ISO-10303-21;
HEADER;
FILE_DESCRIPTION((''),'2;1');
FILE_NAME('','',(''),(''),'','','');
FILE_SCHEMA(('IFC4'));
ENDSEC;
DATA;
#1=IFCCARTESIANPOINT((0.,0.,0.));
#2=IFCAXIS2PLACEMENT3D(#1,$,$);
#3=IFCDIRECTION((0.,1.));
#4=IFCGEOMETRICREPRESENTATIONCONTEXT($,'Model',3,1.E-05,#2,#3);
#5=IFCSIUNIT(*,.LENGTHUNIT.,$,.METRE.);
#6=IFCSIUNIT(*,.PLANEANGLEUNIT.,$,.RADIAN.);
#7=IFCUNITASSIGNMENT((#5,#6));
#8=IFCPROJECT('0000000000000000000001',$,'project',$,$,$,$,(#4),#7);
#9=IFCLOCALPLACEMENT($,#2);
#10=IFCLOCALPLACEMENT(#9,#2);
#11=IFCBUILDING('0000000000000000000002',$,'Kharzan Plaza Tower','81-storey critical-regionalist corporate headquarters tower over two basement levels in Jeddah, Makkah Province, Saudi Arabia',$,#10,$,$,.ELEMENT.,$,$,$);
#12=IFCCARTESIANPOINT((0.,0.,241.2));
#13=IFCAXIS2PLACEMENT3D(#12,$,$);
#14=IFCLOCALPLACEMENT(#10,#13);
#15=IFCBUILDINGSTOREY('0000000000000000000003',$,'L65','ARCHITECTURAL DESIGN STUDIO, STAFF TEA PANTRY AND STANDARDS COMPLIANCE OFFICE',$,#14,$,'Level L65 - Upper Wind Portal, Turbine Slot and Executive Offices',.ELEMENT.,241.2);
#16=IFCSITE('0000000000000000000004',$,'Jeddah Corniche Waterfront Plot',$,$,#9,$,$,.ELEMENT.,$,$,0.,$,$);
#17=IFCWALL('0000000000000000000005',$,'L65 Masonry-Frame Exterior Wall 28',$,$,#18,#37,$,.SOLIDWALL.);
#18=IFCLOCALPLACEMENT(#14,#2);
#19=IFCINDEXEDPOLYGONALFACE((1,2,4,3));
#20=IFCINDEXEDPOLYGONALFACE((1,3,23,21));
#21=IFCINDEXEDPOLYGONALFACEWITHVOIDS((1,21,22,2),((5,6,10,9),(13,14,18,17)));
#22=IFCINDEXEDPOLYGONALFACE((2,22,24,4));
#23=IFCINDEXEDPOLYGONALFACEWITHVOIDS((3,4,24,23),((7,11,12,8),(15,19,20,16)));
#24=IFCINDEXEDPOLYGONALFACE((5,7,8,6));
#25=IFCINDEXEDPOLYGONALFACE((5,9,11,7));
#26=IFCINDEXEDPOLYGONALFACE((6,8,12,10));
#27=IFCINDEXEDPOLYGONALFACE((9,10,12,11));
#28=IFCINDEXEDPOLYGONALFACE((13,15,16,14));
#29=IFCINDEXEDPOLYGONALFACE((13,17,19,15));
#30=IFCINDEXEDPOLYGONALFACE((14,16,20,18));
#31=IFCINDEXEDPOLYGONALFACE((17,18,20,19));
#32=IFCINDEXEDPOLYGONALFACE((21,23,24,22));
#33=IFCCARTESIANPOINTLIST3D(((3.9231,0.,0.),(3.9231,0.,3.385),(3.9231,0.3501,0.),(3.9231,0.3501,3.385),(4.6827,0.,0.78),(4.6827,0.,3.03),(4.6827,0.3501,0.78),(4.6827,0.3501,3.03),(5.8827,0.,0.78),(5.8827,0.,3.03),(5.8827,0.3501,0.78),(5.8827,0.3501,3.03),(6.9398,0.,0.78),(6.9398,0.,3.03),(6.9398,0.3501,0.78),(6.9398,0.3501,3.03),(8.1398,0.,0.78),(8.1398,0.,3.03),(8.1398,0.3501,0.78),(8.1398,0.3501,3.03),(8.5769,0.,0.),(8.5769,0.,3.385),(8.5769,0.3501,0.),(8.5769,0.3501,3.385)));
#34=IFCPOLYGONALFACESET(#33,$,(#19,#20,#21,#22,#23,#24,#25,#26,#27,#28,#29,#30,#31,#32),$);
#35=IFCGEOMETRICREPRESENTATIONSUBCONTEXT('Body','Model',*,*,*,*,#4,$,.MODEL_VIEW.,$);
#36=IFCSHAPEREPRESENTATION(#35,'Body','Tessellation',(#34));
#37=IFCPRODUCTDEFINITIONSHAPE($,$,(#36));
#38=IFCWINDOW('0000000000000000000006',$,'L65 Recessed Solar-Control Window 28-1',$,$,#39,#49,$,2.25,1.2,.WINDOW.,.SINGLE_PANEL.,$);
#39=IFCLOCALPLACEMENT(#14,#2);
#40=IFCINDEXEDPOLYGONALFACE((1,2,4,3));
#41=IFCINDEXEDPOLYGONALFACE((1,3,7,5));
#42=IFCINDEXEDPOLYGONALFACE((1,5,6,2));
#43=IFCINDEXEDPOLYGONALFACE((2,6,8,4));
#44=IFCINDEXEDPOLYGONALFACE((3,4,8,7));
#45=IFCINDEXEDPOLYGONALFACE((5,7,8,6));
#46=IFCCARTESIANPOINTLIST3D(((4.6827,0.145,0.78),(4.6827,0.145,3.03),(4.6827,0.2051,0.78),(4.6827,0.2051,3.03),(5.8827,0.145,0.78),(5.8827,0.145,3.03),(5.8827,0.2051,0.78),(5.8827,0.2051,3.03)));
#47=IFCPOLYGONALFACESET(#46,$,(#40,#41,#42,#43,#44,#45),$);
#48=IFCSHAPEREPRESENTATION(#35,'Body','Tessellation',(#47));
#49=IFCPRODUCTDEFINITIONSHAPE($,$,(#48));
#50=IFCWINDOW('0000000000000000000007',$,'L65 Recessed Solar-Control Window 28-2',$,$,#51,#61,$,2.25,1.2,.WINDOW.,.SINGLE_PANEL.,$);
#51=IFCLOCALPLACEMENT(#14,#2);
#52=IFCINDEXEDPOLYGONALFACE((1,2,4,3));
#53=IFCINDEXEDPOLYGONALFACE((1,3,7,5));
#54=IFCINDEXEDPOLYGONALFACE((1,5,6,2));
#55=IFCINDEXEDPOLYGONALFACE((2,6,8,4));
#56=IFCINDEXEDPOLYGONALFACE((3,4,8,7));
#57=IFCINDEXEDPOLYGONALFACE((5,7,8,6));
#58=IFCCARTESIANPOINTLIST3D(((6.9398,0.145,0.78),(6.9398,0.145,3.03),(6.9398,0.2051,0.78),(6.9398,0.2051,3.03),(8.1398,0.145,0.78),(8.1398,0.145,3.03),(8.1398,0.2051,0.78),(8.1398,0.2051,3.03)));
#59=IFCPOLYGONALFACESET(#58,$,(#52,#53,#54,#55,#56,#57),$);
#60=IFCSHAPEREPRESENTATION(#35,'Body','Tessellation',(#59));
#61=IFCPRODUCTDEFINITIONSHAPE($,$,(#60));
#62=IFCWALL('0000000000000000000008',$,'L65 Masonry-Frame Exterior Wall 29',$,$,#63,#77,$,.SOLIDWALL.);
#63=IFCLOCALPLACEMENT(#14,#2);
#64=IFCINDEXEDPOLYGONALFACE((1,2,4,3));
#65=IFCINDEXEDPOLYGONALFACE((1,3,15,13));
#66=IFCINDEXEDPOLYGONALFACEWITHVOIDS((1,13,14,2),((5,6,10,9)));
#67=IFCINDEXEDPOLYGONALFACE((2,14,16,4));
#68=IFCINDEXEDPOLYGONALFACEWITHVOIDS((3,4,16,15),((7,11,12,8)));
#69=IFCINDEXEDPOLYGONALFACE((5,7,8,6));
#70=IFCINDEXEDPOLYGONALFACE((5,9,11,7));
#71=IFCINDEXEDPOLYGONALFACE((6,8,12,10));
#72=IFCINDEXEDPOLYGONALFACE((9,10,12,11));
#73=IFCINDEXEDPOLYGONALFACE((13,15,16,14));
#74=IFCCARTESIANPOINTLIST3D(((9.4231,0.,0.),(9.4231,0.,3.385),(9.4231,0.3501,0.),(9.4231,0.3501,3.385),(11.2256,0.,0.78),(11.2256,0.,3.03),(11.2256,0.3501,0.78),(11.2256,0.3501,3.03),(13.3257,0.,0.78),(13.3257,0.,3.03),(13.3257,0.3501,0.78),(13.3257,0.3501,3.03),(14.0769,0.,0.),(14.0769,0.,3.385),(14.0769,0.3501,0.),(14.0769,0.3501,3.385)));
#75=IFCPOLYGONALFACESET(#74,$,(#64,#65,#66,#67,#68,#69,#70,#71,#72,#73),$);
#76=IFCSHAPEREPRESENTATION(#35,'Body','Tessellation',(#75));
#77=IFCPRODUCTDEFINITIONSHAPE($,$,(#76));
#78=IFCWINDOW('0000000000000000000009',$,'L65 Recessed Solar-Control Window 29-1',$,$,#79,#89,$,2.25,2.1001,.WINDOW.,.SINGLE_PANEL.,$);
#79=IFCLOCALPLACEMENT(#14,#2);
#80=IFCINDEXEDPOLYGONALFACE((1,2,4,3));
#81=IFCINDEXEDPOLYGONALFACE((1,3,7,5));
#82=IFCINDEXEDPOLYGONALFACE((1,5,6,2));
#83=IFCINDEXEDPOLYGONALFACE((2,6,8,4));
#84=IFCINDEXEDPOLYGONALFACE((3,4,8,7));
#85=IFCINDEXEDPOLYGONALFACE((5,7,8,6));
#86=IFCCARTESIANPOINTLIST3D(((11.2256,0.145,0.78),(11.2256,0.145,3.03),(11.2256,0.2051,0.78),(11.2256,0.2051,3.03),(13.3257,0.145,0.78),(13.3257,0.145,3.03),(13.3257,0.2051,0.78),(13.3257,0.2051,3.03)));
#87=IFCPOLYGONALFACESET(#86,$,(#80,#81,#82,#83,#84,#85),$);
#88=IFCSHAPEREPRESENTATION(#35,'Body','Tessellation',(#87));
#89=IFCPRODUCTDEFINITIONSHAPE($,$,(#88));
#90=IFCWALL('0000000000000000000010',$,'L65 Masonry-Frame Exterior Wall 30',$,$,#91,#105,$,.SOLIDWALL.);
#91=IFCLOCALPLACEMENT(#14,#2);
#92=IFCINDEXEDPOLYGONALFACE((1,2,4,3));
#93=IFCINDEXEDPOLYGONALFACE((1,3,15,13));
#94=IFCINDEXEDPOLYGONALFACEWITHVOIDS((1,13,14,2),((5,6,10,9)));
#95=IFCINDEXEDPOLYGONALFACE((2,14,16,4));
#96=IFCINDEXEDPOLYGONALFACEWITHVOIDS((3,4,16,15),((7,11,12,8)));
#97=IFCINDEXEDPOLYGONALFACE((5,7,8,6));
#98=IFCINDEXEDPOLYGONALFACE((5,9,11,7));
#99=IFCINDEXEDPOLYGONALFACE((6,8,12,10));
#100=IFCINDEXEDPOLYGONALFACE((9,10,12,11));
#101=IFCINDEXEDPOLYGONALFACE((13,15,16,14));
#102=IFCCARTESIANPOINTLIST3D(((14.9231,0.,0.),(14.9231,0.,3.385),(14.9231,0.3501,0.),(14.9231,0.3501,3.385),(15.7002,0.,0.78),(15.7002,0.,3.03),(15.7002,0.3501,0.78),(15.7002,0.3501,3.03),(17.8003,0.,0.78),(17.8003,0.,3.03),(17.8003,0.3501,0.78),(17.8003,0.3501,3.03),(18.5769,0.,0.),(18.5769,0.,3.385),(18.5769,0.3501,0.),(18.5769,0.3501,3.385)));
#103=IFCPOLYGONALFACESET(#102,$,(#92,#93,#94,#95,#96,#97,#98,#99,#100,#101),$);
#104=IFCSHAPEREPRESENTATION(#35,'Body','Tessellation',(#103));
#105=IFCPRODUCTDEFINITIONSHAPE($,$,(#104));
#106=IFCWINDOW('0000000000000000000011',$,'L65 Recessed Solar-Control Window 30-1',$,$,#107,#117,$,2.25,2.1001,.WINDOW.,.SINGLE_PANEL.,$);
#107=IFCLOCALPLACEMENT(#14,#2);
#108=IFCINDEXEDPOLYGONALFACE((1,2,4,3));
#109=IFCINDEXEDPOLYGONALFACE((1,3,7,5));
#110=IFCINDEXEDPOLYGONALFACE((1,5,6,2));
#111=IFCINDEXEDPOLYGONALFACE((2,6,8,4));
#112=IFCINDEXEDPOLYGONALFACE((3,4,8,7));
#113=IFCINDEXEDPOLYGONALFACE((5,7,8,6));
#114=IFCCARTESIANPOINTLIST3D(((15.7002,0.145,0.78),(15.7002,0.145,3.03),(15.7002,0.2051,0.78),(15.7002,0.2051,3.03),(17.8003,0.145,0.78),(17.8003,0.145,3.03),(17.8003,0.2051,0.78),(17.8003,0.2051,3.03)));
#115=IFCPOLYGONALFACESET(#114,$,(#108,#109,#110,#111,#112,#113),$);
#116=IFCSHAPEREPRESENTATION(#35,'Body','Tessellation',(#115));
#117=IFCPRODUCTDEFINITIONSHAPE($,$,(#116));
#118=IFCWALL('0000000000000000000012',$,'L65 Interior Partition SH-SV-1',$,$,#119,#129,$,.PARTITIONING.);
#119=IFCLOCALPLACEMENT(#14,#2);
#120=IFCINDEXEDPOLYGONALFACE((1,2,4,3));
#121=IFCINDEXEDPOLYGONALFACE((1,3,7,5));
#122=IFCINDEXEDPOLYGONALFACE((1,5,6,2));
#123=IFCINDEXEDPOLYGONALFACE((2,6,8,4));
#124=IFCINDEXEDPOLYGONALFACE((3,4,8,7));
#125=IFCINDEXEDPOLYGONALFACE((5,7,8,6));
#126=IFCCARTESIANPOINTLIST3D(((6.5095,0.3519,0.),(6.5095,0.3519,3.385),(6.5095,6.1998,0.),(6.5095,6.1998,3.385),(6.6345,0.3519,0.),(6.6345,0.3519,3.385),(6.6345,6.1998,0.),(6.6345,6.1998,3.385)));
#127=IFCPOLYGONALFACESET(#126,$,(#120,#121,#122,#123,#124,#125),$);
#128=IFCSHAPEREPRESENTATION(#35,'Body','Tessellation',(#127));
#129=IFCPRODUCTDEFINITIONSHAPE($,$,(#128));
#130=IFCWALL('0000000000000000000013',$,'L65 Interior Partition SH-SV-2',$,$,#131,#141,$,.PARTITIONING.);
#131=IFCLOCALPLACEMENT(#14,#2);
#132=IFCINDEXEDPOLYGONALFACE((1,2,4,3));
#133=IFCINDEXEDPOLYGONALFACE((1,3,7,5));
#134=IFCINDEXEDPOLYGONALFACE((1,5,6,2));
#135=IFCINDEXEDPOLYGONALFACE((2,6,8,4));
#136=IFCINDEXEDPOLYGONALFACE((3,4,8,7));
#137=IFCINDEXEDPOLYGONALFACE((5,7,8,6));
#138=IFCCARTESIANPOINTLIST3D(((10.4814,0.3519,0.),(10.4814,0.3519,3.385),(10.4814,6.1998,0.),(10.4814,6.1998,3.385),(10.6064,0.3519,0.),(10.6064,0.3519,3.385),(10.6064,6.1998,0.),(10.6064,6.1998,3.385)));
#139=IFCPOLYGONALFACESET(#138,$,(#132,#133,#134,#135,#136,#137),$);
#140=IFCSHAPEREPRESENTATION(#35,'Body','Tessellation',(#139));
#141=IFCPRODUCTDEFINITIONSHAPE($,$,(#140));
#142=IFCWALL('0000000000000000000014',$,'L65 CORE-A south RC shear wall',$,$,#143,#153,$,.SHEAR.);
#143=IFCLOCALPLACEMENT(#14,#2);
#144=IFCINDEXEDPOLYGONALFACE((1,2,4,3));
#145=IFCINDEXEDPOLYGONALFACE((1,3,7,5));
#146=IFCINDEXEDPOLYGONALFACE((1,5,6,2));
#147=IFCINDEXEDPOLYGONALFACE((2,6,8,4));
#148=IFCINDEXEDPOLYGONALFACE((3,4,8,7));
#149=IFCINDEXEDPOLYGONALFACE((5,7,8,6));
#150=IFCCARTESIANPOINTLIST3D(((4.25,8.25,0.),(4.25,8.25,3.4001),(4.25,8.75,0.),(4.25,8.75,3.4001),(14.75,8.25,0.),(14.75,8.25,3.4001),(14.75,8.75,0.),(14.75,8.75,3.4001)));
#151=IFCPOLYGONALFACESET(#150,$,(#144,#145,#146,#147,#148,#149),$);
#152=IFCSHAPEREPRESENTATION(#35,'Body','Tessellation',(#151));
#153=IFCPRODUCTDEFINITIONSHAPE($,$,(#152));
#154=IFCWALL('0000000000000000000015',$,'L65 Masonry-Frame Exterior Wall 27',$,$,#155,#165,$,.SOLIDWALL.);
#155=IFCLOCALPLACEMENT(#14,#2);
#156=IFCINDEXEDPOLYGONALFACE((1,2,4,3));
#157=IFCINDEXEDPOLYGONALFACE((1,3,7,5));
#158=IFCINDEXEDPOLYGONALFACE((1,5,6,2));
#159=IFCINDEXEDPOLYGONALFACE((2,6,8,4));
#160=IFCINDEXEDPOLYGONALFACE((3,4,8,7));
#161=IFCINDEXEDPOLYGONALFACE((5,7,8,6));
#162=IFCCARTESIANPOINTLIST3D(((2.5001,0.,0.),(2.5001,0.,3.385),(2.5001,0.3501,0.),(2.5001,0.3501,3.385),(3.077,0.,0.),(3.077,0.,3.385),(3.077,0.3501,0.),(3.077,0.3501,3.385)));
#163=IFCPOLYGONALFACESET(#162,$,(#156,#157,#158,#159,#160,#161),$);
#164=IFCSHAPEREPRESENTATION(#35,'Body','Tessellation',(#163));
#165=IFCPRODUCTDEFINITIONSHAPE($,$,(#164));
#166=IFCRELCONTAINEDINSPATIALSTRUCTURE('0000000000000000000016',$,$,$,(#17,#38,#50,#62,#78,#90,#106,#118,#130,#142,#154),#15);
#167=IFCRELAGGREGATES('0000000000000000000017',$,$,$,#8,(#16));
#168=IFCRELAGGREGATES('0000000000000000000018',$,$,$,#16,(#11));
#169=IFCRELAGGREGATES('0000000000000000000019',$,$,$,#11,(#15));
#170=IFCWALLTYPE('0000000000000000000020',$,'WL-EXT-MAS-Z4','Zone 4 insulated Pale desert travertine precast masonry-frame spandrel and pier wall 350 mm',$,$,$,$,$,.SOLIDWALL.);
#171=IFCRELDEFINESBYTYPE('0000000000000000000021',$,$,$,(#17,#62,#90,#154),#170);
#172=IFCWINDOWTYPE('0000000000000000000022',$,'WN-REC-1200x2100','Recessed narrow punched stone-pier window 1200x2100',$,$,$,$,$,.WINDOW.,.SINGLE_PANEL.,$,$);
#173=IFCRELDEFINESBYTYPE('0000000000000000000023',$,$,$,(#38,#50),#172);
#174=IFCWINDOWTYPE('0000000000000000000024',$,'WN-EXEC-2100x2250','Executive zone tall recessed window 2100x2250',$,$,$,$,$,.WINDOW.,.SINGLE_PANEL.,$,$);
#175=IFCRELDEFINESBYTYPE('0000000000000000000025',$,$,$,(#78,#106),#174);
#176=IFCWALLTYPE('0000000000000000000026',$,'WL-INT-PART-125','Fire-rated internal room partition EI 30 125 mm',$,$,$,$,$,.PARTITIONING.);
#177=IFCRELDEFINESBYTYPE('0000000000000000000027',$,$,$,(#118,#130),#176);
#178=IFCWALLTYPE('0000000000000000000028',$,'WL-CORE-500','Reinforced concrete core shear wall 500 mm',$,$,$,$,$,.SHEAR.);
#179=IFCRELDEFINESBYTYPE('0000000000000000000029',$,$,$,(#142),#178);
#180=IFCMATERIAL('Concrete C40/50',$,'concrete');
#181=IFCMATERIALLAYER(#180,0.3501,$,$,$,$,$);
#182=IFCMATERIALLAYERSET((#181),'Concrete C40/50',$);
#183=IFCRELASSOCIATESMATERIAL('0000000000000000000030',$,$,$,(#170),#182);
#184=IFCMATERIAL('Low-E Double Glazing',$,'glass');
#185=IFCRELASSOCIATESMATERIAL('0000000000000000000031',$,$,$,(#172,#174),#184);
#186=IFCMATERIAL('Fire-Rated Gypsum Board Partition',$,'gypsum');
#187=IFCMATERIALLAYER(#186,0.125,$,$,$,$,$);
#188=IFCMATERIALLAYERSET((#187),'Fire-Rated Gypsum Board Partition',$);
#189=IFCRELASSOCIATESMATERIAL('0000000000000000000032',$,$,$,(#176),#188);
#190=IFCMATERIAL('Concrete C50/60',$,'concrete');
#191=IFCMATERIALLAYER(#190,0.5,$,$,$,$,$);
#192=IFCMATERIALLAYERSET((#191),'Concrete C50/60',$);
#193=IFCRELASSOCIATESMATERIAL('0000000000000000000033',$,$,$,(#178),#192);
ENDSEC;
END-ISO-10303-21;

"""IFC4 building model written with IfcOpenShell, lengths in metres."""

from ifc_helpers import new_model, si_unit, direction, frame, frame_2d, origin, place, context, subcontext, project, spatial, rectangle, extrude, source, transform, mapped, material, layer, layer_set, type_object, element, fill, save


model = new_model("IFC4")

# Units and contexts
model_context = context("Model", 3, precision=1e-05, world=origin(), true_north=direction((0.0, 1.0)))
body_context = subcontext(model_context, "Body", "Model", "MODEL_VIEW")
ifc_project = project(units=[si_unit("LENGTHUNIT", "METRE"), si_unit("PLANEANGLEUNIT", "RADIAN")], contexts=[model_context])

# Site, building, storey
site_placement = place(None, origin())
site = spatial("IfcSite", under=ifc_project, at=site_placement, Name="Jeddah Corniche Waterfront Plot", CompositionType="ELEMENT", RefElevation=0.0)
building_placement = place(site_placement, origin())
building = spatial("IfcBuilding", under=site, at=building_placement, Name="Kharzan Plaza Tower", Description="81-storey critical-regionalist corporate headquarters tower over two basement levels in Jeddah, Makkah Province, Saudi Arabia", CompositionType="ELEMENT")
storey_placement = place(building_placement, frame((0.0, 0.0, 241.2)))
storey = spatial("IfcBuildingStorey", under=building, at=storey_placement, Name="L65", Description="ARCHITECTURAL DESIGN STUDIO, STAFF TEA PANTRY AND STANDARDS COMPLIANCE OFFICE", LongName="Level L65 - Upper Wind Portal, Turbine Slot and Executive Offices", CompositionType="ELEMENT", Elevation=241.2)

# Shared definitions
ifc_material_1 = material(Name="Concrete C50/60", Category="concrete")

# Shared definitions
ifc_material_2 = material(Name="Concrete C40/50", Category="concrete")
ifc_layer_1 = layer(ifc_material_2, 0.3501)
ifc_layer_set_1 = layer_set([ifc_layer_1], Name="Concrete C40/50")
wall_type_1 = type_object("IfcWallType", Name="WL-EXT-MAS-Z4", Description="Zone 4 insulated Pale desert travertine precast masonry-frame spandrel and pier wall 350 mm", PredefinedType="SOLIDWALL", material=ifc_layer_set_1)
ifc_material_3 = material(Name="Low-E Double Glazing", Category="glass")
window_type_1 = type_object("IfcWindowType", Name="WN-REC-1200x2100", Description="Recessed narrow punched stone-pier window 1200x2100", PartitioningType="SINGLE_PANEL", PredefinedType="WINDOW", material=ifc_material_3)
shared_shape_1 = source(origin(), body_context, "Body", "SweptSolid", [
    extrude(rectangle(XDim=1.2, YDim=2.25, at=frame_2d((0.6001, 1.125))), frame((0.0, 0.03, 0.0), z_axis=(0.0, -1.0, 0.0), x_axis=(1.0, 0.0, 0.0)), (0.0, 0.0, 1.0), 0.0601),
])

# Wall, openings, windows
wall_1_placement = place(storey_placement, frame((3.9231, 0.175, 0.0), z_axis=(0.0, 0.0, 1.0), x_axis=(1.0, 0.0, 0.0)))
wall_1 = element("IfcWall", 1, at=wall_1_placement, inside=storey, type_object=wall_type_1, Name="L65 Masonry-Frame Exterior Wall 28", PredefinedType="SOLIDWALL", context=body_context, shape_type="SweptSolid", body=[
    extrude(rectangle(XDim=4.6538, YDim=0.3501, at=frame_2d((2.3269, 0.0))), origin(), (0.0, 0.0, 1.0), 3.385),
])
opening_1_placement = place(wall_1_placement, frame((0.7595, 0.0, 0.78)))
opening_1 = element("IfcOpeningElement", 2, at=opening_1_placement, cuts=wall_1, PredefinedType="OPENING", context=body_context, shape_type="SweptSolid", body=[
    extrude(rectangle(XDim=1.2, YDim=2.25, at=frame_2d((0.6001, 1.125))), frame((0.0, 0.1851, 0.0), z_axis=(0.0, -1.0, 0.0), x_axis=(1.0, 0.0, 0.0)), (0.0, 0.0, 1.0), 0.3701),
])
opening_2_placement = place(wall_1_placement, frame((3.0166, 0.0, 0.78)))
opening_2 = element("IfcOpeningElement", 3, at=opening_2_placement, cuts=wall_1, PredefinedType="OPENING", context=body_context, shape_type="SweptSolid", body=[
    extrude(rectangle(XDim=1.2, YDim=2.25, at=frame_2d((0.6001, 1.125))), frame((0.0, 0.1851, 0.0), z_axis=(0.0, -1.0, 0.0), x_axis=(1.0, 0.0, 0.0)), (0.0, 0.0, 1.0), 0.3701),
])
window_1_placement = place(opening_1_placement, origin())
window_1 = element("IfcWindow", 4, at=window_1_placement, inside=storey, type_object=window_type_1, Name="L65 Recessed Solar-Control Window 28-1", OverallHeight=2.25, OverallWidth=1.2, PartitioningType="SINGLE_PANEL", PredefinedType="WINDOW", context=body_context, shape_type="MappedRepresentation", body=[
    mapped(shared_shape_1, transform((0.0, 0.0, 0.0), x_axis=(1.0, 0.0, 0.0), y_axis=(0.0, 1.0, 0.0), z_axis=(0.0, 0.0, 1.0))),
])
fill(opening_1, window_1)
window_2_placement = place(opening_2_placement, origin())
window_2 = element("IfcWindow", 5, at=window_2_placement, inside=storey, type_object=window_type_1, Name="L65 Recessed Solar-Control Window 28-2", OverallHeight=2.25, OverallWidth=1.2, PartitioningType="SINGLE_PANEL", PredefinedType="WINDOW", context=body_context, shape_type="MappedRepresentation", body=[
    mapped(shared_shape_1, transform((0.0, 0.0, 0.0), x_axis=(1.0, 0.0, 0.0), y_axis=(0.0, 1.0, 0.0), z_axis=(0.0, 0.0, 1.0))),
])
fill(opening_2, window_2)

# Walls, openings, windows
wall_2_placement = place(storey_placement, frame((9.4231, 0.175, 0.0), z_axis=(0.0, 0.0, 1.0), x_axis=(1.0, 0.0, 0.0)))
wall_2 = element("IfcWall", 6, at=wall_2_placement, inside=storey, type_object=wall_type_1, Name="L65 Masonry-Frame Exterior Wall 29", PredefinedType="SOLIDWALL", context=body_context, shape_type="SweptSolid", body=[
    extrude(rectangle(XDim=4.6538, YDim=0.3501, at=frame_2d((2.3269, 0.0))), origin(), (0.0, 0.0, 1.0), 3.385),
])
opening_3_placement = place(wall_2_placement, frame((1.8025, 0.0, 0.78)))
opening_3 = element("IfcOpeningElement", 7, at=opening_3_placement, cuts=wall_2, PredefinedType="OPENING", context=body_context, shape_type="SweptSolid", body=[
    extrude(rectangle(XDim=2.1001, YDim=2.25, at=frame_2d((1.05, 1.125))), frame((0.0, 0.1851, 0.0), z_axis=(0.0, -1.0, 0.0), x_axis=(1.0, 0.0, 0.0)), (0.0, 0.0, 1.0), 0.3701),
])
window_type_2 = type_object("IfcWindowType", Name="WN-EXEC-2100x2250", Description="Executive zone tall recessed window 2100x2250", PartitioningType="SINGLE_PANEL", PredefinedType="WINDOW", material=ifc_material_3)
shared_shape_2 = source(origin(), body_context, "Body", "SweptSolid", [
    extrude(rectangle(XDim=2.1001, YDim=2.25, at=frame_2d((1.05, 1.125))), frame((0.0, 0.03, 0.0), z_axis=(0.0, -1.0, 0.0), x_axis=(1.0, 0.0, 0.0)), (0.0, 0.0, 1.0), 0.0601),
])
window_3_placement = place(opening_3_placement, origin())
window_3 = element("IfcWindow", 8, at=window_3_placement, inside=storey, type_object=window_type_2, Name="L65 Recessed Solar-Control Window 29-1", OverallHeight=2.25, OverallWidth=2.1001, PartitioningType="SINGLE_PANEL", PredefinedType="WINDOW", context=body_context, shape_type="MappedRepresentation", body=[
    mapped(shared_shape_2, transform((0.0, 0.0, 0.0), x_axis=(1.0, 0.0, 0.0), y_axis=(0.0, 1.0, 0.0), z_axis=(0.0, 0.0, 1.0))),
])
fill(opening_3, window_3)
wall_3_placement = place(storey_placement, frame((14.9231, 0.175, 0.0), z_axis=(0.0, 0.0, 1.0), x_axis=(1.0, 0.0, 0.0)))
wall_3 = element("IfcWall", 9, at=wall_3_placement, inside=storey, type_object=wall_type_1, Name="L65 Masonry-Frame Exterior Wall 30", PredefinedType="SOLIDWALL", context=body_context, shape_type="SweptSolid", body=[
    extrude(rectangle(XDim=3.6538, YDim=0.3501, at=frame_2d((1.8269, 0.0))), origin(), (0.0, 0.0, 1.0), 3.385),
])
opening_4_placement = place(wall_3_placement, frame((0.7771, 0.0, 0.78)))
opening_4 = element("IfcOpeningElement", 10, at=opening_4_placement, cuts=wall_3, PredefinedType="OPENING", context=body_context, shape_type="SweptSolid", body=[
    extrude(rectangle(XDim=2.1001, YDim=2.25, at=frame_2d((1.05, 1.125))), frame((0.0, 0.1851, 0.0), z_axis=(0.0, -1.0, 0.0), x_axis=(1.0, 0.0, 0.0)), (0.0, 0.0, 1.0), 0.3701),
])
window_4_placement = place(opening_4_placement, origin())
window_4 = element("IfcWindow", 11, at=window_4_placement, inside=storey, type_object=window_type_2, Name="L65 Recessed Solar-Control Window 30-1", OverallHeight=2.25, OverallWidth=2.1001, PartitioningType="SINGLE_PANEL", PredefinedType="WINDOW", context=body_context, shape_type="MappedRepresentation", body=[
    mapped(shared_shape_2, transform((0.0, 0.0, 0.0), x_axis=(1.0, 0.0, 0.0), y_axis=(0.0, 1.0, 0.0), z_axis=(0.0, 0.0, 1.0))),
])
fill(opening_4, window_4)

# Shared definitions
ifc_material_4 = material(Name="Fire-Rated Gypsum Board Partition", Category="gypsum")
ifc_layer_2 = layer(ifc_material_4, 0.125)
ifc_layer_set_2 = layer_set([ifc_layer_2], Name="Fire-Rated Gypsum Board Partition")
wall_type_2 = type_object("IfcWallType", Name="WL-INT-PART-125", Description="Fire-rated internal room partition EI 30 125 mm", PredefinedType="PARTITIONING", material=ifc_layer_set_2)

# Walls
shared_shape_3 = source(origin(), body_context, "Body", "SweptSolid", [
    extrude(rectangle(XDim=5.8479, YDim=0.125, at=frame_2d((2.9238, 0.0))), origin(), (0.0, 0.0, 1.0), 3.385),
])
for number, where, z_axis, x_axis, name in (
    (12, (6.572, 0.3521, 0.0), (0.0, 0.0, 1.0), (0.0, 1.0, 0.0), "L65 Interior Partition SH-SV-1"),
    (13, (10.5439, 0.3521, 0.0), (0.0, 0.0, 1.0), (0.0, 1.0, 0.0), "L65 Interior Partition SH-SV-2"),
):
    element("IfcWall", number, at=place(storey_placement, frame(where, z_axis=z_axis, x_axis=x_axis)), inside=storey, type_object=wall_type_2, Name=name, PredefinedType="PARTITIONING", context=body_context, shape_type="MappedRepresentation", body=[
        mapped(shared_shape_3, transform((0.0, 0.0, 0.0), x_axis=(1.0, 0.0, 0.0), y_axis=(0.0, 1.0, 0.0), z_axis=(0.0, 0.0, 1.0))),
    ])
ifc_layer_3 = layer(ifc_material_1, 0.5)
ifc_layer_set_3 = layer_set([ifc_layer_3], Name="Concrete C50/60")
wall_type_3 = type_object("IfcWallType", Name="WL-CORE-500", Description="Reinforced concrete core shear wall 500 mm", PredefinedType="SHEAR", material=ifc_layer_set_3)
shared_shape_4 = source(origin(), body_context, "Body", "SweptSolid", [
    extrude(rectangle(XDim=10.5, YDim=0.5, at=frame_2d((5.25, 0.0))), origin(), (0.0, 0.0, 1.0), 3.4001),
])
wall_4_placement = place(storey_placement, frame((4.25, 8.5, 0.0), z_axis=(0.0, 0.0, 1.0), x_axis=(1.0, 0.0, 0.0)))
element("IfcWall", 14, at=wall_4_placement, inside=storey, type_object=wall_type_3, Name="L65 CORE-A south RC shear wall", PredefinedType="SHEAR", context=body_context, shape_type="MappedRepresentation", body=[
    mapped(shared_shape_4, transform((0.0, 0.0, 0.0), x_axis=(1.0, 0.0, 0.0), y_axis=(0.0, 1.0, 0.0), z_axis=(0.0, 0.0, 1.0))),
])
shared_shape_5 = source(origin(), body_context, "Body", "SweptSolid", [
    extrude(rectangle(XDim=0.5769, YDim=0.3501, at=frame_2d((0.2886, 0.0))), origin(), (0.0, 0.0, 1.0), 3.385),
])
wall_5_placement = place(storey_placement, frame((2.5, 0.175, 0.0), z_axis=(0.0, 0.0, 1.0), x_axis=(1.0, 0.0, 0.0)))
element("IfcWall", 15, at=wall_5_placement, inside=storey, type_object=wall_type_1, Name="L65 Masonry-Frame Exterior Wall 27", PredefinedType="SOLIDWALL", context=body_context, shape_type="MappedRepresentation", body=[
    mapped(shared_shape_5, transform((0.0, 0.0, 0.0), x_axis=(1.0, 0.0, 0.0), y_axis=(0.0, 1.0, 0.0), z_axis=(0.0, 0.0, 1.0))),
])

save(model, "model.ifc")
